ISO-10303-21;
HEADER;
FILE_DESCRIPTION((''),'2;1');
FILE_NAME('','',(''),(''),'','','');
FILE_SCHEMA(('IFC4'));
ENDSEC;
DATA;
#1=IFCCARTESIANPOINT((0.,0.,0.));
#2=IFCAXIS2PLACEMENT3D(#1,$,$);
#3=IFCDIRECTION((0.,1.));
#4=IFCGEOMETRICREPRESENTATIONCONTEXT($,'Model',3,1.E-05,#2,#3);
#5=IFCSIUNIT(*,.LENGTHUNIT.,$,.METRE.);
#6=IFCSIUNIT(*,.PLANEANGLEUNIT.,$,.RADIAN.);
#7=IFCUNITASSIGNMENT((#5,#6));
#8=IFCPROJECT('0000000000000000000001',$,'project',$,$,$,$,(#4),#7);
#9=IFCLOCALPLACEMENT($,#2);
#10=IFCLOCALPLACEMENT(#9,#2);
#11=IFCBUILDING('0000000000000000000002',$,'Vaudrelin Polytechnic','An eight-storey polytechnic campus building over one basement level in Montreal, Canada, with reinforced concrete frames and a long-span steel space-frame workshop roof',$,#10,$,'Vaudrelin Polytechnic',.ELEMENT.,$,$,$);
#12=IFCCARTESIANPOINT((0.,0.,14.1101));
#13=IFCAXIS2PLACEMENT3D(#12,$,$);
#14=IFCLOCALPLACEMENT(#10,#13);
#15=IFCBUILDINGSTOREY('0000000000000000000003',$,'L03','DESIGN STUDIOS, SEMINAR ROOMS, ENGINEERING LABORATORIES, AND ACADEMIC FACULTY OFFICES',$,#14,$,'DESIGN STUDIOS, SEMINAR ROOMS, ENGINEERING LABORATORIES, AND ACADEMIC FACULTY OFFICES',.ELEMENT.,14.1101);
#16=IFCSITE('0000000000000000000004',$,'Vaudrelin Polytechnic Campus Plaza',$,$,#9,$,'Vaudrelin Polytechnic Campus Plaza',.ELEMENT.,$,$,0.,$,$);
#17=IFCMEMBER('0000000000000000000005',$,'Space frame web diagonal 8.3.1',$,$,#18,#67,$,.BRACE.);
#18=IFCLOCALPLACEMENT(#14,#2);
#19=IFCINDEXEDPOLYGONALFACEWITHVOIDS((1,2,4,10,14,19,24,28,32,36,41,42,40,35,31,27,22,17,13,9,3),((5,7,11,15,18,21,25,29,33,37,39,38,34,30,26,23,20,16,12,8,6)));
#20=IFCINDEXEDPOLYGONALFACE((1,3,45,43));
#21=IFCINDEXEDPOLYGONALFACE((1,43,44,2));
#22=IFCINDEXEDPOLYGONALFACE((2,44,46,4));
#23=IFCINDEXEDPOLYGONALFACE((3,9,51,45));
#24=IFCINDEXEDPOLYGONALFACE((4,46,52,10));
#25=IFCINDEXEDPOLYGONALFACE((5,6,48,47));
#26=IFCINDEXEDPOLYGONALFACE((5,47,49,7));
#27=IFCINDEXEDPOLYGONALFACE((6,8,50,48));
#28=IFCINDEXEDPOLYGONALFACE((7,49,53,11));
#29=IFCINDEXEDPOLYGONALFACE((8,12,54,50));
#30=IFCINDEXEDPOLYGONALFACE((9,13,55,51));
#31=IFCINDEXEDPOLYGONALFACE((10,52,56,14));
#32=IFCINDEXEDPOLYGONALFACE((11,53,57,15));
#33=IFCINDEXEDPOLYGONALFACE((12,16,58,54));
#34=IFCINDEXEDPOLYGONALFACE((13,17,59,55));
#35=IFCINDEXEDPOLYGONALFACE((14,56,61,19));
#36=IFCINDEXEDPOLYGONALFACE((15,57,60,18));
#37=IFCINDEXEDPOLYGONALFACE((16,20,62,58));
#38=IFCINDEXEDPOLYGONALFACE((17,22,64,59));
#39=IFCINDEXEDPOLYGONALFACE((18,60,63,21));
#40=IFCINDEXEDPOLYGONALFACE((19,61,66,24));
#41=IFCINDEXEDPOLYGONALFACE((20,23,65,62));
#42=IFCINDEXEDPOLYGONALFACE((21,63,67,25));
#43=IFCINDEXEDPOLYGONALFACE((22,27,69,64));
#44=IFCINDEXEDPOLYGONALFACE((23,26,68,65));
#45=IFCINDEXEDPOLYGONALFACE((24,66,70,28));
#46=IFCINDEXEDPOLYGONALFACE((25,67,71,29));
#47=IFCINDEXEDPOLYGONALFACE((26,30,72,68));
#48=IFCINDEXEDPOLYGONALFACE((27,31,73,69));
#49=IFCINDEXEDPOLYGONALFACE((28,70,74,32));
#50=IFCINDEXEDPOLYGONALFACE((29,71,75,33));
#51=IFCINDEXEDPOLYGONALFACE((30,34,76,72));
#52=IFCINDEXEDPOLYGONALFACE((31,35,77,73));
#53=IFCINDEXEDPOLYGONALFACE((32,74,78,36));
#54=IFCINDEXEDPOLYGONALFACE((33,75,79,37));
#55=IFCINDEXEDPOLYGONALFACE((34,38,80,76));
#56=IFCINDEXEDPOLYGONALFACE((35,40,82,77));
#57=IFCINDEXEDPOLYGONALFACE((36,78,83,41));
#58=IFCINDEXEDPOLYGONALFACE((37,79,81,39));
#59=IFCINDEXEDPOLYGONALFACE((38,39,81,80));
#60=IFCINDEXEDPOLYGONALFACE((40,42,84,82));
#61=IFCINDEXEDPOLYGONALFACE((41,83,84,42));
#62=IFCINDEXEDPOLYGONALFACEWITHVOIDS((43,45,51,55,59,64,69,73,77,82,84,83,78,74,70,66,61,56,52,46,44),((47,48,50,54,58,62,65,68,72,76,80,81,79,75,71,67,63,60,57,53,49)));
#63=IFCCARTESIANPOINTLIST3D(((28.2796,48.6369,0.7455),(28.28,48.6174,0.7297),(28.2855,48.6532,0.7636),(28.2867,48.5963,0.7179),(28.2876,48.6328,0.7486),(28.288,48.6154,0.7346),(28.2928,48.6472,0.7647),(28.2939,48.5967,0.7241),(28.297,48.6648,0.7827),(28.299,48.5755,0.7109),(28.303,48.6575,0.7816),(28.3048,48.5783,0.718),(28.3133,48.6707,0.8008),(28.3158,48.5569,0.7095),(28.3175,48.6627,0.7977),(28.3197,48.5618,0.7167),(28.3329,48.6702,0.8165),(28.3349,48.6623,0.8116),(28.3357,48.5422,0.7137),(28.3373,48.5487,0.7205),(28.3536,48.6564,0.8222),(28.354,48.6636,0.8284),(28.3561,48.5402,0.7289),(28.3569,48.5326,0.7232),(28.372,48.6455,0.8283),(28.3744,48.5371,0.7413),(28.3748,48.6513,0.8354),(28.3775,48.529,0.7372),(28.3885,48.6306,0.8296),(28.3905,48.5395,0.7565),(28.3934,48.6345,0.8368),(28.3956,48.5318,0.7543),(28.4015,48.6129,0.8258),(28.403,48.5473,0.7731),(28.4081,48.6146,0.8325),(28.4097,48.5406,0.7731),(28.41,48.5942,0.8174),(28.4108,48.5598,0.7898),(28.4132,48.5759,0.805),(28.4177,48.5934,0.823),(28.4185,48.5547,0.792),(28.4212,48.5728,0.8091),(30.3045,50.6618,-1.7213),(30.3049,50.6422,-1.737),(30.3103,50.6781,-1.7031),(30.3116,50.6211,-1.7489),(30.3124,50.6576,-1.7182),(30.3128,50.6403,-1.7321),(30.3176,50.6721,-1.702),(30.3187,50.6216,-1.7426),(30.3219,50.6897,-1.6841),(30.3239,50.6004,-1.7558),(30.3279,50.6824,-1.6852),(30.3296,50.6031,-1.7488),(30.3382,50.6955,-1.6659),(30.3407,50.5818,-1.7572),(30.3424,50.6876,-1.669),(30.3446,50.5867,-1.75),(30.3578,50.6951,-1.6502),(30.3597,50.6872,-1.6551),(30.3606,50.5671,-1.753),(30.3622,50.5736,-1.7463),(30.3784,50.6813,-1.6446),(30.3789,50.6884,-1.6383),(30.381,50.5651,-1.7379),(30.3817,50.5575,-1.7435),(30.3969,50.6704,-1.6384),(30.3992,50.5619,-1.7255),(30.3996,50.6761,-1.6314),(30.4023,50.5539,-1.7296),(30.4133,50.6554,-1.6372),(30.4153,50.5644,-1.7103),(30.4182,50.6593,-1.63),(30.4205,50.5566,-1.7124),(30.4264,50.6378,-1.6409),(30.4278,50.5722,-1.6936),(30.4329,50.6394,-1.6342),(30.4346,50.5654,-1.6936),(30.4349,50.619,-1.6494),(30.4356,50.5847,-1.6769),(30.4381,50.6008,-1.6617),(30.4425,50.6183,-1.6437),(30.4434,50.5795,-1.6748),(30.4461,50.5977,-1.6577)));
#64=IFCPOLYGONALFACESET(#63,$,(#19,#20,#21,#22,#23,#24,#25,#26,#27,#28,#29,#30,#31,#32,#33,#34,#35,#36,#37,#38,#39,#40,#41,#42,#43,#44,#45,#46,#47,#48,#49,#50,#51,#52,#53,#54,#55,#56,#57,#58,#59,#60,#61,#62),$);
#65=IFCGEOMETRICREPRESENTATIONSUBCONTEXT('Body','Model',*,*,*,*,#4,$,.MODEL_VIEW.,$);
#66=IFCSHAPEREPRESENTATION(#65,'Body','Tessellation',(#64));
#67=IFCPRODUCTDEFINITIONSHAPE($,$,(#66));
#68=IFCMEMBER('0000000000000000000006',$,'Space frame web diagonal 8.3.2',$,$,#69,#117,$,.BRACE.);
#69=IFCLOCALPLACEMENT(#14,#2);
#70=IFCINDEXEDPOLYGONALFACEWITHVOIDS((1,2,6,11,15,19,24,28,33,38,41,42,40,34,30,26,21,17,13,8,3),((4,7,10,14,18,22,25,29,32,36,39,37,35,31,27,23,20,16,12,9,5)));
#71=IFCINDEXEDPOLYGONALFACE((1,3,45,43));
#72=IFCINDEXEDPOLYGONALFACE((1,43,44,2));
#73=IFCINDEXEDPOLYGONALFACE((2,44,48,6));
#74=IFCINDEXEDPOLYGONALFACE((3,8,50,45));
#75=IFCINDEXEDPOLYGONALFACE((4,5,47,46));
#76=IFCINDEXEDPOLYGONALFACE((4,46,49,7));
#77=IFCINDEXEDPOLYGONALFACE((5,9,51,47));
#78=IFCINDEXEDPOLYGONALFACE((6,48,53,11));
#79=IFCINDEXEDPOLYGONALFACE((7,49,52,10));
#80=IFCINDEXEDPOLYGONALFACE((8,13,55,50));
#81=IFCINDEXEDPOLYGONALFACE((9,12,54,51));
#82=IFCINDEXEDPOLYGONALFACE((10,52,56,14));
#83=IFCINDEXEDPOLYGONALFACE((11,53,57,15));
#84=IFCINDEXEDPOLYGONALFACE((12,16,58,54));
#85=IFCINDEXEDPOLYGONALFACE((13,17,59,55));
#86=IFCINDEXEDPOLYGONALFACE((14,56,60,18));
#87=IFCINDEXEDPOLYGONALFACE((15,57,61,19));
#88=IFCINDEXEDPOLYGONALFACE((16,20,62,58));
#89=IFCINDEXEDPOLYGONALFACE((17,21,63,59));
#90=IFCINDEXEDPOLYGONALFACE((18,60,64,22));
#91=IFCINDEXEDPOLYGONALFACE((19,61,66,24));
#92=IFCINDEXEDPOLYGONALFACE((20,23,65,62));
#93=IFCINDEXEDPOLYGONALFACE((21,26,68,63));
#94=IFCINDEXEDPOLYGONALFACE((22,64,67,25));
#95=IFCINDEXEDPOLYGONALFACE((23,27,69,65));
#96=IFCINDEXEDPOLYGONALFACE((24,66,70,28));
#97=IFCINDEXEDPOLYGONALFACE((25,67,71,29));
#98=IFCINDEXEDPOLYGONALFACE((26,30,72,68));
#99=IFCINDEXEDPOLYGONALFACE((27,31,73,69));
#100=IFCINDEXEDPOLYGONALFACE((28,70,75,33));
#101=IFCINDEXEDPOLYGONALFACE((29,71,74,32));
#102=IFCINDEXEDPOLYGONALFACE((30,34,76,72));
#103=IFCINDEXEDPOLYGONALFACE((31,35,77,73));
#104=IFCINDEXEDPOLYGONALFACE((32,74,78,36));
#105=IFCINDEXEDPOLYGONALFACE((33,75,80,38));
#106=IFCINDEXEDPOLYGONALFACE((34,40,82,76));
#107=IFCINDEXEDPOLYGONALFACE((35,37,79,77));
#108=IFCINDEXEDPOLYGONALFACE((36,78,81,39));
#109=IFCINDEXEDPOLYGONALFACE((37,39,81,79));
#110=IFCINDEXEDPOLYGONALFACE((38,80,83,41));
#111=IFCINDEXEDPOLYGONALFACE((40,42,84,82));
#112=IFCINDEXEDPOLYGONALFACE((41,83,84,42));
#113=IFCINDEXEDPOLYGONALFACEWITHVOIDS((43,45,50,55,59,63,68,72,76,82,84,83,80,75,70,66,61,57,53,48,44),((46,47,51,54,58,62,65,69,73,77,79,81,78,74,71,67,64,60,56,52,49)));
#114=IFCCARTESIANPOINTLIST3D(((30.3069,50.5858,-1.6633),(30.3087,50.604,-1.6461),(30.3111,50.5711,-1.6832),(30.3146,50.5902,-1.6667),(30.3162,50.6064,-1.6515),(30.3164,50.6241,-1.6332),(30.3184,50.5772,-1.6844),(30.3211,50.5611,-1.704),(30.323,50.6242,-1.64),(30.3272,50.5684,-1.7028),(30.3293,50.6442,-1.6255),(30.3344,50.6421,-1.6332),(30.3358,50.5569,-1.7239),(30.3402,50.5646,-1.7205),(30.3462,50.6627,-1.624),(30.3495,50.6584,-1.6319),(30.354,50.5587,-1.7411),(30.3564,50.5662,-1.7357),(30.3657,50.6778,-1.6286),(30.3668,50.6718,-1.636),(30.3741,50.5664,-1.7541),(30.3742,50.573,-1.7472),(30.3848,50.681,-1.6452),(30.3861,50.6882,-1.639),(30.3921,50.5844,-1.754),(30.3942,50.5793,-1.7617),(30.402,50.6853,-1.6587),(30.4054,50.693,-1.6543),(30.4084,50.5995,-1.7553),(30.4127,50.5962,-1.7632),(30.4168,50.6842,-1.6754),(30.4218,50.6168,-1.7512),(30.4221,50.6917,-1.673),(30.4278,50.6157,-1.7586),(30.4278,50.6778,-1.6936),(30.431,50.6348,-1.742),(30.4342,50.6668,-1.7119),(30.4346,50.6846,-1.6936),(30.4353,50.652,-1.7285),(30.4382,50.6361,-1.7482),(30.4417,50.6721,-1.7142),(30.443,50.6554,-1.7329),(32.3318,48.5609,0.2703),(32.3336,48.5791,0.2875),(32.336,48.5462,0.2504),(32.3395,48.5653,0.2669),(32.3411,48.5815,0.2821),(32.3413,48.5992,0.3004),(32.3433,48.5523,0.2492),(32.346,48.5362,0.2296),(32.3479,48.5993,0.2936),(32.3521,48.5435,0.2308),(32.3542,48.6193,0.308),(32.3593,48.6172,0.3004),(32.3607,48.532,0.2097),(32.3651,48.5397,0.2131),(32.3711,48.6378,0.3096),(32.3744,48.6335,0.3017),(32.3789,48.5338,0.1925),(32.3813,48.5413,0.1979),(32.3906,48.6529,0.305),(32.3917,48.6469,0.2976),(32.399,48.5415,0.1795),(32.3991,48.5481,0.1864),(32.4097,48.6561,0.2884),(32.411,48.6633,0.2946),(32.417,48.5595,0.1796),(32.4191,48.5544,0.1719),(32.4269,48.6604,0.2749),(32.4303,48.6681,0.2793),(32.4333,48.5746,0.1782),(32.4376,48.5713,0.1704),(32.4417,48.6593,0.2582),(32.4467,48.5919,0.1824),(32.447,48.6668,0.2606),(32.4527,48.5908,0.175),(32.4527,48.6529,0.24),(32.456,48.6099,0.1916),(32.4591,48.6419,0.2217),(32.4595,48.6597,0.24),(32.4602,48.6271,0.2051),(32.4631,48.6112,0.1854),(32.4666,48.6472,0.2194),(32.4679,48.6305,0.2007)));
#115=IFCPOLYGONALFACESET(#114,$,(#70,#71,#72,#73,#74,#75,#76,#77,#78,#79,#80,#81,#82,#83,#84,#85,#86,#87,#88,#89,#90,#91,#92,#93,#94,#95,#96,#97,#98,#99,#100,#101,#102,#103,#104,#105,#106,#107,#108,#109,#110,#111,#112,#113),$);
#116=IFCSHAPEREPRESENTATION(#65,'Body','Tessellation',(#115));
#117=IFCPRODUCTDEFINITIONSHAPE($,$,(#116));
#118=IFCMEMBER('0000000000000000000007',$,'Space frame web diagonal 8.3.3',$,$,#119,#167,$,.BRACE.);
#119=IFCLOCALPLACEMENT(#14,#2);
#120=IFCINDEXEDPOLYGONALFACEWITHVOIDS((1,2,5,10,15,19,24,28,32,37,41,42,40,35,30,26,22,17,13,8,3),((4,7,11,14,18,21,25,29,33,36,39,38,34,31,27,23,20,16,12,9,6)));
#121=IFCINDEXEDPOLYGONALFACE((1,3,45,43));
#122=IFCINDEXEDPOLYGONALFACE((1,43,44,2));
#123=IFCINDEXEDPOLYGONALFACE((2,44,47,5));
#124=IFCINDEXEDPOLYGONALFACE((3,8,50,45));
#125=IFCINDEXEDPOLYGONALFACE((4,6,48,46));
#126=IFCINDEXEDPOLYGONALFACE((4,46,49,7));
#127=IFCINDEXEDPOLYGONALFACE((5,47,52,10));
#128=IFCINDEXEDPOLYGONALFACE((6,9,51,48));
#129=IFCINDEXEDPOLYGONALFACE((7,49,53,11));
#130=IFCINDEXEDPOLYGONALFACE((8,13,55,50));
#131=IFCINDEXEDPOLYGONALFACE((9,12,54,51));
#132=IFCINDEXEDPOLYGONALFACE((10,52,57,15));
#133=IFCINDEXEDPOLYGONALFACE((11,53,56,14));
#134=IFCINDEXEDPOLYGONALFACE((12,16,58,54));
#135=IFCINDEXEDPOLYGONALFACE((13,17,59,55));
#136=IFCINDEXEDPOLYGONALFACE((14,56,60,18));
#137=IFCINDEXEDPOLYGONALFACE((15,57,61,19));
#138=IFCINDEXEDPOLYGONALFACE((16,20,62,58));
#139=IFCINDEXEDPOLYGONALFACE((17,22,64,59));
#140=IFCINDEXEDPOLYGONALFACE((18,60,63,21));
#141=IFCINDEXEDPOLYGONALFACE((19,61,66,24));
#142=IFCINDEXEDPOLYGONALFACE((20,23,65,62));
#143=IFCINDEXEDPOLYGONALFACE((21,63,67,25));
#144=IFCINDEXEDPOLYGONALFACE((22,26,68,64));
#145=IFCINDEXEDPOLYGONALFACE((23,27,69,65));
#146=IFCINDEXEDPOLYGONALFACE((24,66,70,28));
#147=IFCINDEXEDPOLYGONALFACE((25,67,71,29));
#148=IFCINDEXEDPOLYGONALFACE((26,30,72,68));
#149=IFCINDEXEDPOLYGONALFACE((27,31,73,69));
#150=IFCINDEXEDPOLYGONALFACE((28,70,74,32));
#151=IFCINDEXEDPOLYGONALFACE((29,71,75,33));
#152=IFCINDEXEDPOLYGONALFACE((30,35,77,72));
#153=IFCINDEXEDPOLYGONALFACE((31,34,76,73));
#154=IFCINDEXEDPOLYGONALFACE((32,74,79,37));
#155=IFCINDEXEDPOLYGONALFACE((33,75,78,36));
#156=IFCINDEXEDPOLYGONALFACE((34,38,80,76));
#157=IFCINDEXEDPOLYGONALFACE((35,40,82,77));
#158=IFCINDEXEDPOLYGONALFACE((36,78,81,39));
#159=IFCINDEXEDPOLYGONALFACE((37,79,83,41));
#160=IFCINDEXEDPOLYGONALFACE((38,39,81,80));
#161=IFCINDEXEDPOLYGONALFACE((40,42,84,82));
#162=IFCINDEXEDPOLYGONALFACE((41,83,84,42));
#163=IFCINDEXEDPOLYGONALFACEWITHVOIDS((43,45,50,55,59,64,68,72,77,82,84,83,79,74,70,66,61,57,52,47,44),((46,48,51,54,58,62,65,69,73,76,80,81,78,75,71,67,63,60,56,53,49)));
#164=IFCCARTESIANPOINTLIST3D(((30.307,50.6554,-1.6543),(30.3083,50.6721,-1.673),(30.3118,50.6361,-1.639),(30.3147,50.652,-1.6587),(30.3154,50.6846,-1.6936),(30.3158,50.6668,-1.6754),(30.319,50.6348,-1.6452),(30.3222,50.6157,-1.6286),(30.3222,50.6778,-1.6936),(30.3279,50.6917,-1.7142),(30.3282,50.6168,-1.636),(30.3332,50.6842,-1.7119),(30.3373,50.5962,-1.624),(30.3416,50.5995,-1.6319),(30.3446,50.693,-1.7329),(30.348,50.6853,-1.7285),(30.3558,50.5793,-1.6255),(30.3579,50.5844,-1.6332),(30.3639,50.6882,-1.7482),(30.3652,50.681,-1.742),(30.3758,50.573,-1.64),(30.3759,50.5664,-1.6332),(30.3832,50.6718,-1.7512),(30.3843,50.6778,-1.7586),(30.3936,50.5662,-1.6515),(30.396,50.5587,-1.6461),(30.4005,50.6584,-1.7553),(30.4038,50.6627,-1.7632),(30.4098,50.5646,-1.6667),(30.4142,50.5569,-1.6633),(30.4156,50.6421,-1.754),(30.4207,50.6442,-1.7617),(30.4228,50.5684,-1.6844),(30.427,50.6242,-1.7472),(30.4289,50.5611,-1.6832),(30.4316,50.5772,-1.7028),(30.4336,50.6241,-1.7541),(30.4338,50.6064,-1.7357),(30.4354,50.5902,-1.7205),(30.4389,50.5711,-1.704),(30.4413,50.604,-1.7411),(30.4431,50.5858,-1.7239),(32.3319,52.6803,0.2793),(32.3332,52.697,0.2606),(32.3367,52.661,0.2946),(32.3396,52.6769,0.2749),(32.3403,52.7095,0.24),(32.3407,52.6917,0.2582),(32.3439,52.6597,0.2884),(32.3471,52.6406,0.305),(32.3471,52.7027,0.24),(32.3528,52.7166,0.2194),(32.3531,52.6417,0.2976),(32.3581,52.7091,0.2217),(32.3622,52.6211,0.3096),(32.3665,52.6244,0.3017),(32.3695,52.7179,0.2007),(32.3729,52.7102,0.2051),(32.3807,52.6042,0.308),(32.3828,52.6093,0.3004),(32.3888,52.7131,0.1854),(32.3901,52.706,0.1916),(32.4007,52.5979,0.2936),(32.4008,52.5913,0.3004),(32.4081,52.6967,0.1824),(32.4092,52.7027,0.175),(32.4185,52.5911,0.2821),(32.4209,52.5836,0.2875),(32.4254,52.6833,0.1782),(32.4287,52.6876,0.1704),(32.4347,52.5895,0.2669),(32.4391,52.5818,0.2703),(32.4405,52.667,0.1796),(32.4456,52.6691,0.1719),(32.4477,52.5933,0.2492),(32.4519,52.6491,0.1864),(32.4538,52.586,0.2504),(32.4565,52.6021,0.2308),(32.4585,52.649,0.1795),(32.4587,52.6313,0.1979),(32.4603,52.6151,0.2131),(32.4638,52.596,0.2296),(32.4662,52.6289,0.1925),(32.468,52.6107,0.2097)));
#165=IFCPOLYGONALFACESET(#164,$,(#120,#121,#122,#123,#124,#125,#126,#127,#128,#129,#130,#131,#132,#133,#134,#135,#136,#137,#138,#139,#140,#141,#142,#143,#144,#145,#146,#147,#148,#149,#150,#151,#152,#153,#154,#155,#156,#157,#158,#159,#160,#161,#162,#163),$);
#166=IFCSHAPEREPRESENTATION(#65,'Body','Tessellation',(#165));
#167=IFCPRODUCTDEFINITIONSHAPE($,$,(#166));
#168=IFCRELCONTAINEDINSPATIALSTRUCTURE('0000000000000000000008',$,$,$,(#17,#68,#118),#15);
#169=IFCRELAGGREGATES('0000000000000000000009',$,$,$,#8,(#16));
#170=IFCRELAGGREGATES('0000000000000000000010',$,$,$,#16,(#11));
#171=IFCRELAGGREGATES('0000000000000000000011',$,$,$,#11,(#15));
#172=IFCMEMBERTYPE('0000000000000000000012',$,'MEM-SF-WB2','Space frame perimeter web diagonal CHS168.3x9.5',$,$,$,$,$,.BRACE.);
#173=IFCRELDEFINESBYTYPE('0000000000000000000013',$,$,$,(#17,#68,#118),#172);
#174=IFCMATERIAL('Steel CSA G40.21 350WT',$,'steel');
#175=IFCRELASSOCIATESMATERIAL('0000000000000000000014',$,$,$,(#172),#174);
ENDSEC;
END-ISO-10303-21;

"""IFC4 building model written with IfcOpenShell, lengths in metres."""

from ifc_helpers import new_model, si_unit, direction, frame, origin, origin_2d, place, context, subcontext, project, spatial, hollow_circle, extrude, material, material_profile, profile_set, type_object, element, save


model = new_model("IFC4")

# Units and contexts
model_context = context("Model", 3, precision=1e-05, world=origin(), true_north=direction((0.0, 1.0)))
body_context = subcontext(model_context, "Body", "Model", "MODEL_VIEW")
ifc_project = project(units=[si_unit("LENGTHUNIT", "METRE"), si_unit("PLANEANGLEUNIT", "RADIAN")], contexts=[model_context])

# Site, building, storey
site_placement = place(None, origin())
site = spatial("IfcSite", under=ifc_project, at=site_placement, Name="Vaudrelin Polytechnic Campus Plaza", LongName="Vaudrelin Polytechnic Campus Plaza", CompositionType="ELEMENT", RefElevation=0.0)
building_placement = place(site_placement, origin())
building = spatial("IfcBuilding", under=site, at=building_placement, Name="Vaudrelin Polytechnic", Description="An eight-storey polytechnic campus building over one basement level in Montreal, Canada, with reinforced concrete frames and a long-span steel space-frame workshop roof", LongName="Vaudrelin Polytechnic", CompositionType="ELEMENT")
storey_placement = place(building_placement, frame((0.0, 0.0, 14.1101)))
storey = spatial("IfcBuildingStorey", under=building, at=storey_placement, Name="L03", Description="DESIGN STUDIOS, SEMINAR ROOMS, ENGINEERING LABORATORIES, AND ACADEMIC FACULTY OFFICES", LongName="DESIGN STUDIOS, SEMINAR ROOMS, ENGINEERING LABORATORIES, AND ACADEMIC FACULTY OFFICES", CompositionType="ELEMENT", Elevation=14.1101)

# Members
ifc_material_1 = material(Name="Steel CSA G40.21 350WT", Category="steel")
ifc_material_profile_1 = material_profile(ifc_material_1, hollow_circle(Radius=0.0842, WallThickness=0.0095, at=origin_2d()), Name="CHS168.3x9.5")
ifc_profile_set_1 = profile_set([ifc_material_profile_1], Name="Steel CSA G40.21 350WT")
member_type_1 = type_object("IfcMemberType", Name="MEM-SF-WB2", Description="Space frame perimeter web diagonal CHS168.3x9.5", PredefinedType="BRACE", material=ifc_profile_set_1)
member_1_placement = place(storey_placement, frame((30.375, 50.625, -1.6936), z_axis=(-0.535742, -0.535742, 0.652657), x_axis=(0.707107, -0.707107, 0.0)))
element("IfcMember", 1, at=member_1_placement, inside=storey, type_object=member_type_1, Name="Space frame web diagonal 8.3.1", PredefinedType="BRACE", context=body_context, shape_type="SweptSolid", body=[
    extrude(hollow_circle(Radius=0.0842, WallThickness=0.0095, at=origin_2d()), origin(), (0.0, 0.0, 1.0), 3.7795),
])
for number, where, z_axis, x_axis, name in (
    (2, (30.375, 50.625, -1.6936), (0.586024, -0.586024, 0.559599), (0.707107, 0.707107, 0.0), "Space frame web diagonal 8.3.2"),
    (3, (30.375, 50.625, -1.6936), (0.586024, 0.586024, 0.559599), (-0.707107, 0.707107, 0.0), "Space frame web diagonal 8.3.3"),
):
    element("IfcMember", number, at=place(storey_placement, frame(where, z_axis=z_axis, x_axis=x_axis)), inside=storey, type_object=member_type_1, Name=name, PredefinedType="BRACE", context=body_context, shape_type="SweptSolid", body=[
        extrude(hollow_circle(Radius=0.0842, WallThickness=0.0095, at=origin_2d()), origin(), (0.0, 0.0, 1.0), 3.4553),
    ])

save(model, "model.ifc")
